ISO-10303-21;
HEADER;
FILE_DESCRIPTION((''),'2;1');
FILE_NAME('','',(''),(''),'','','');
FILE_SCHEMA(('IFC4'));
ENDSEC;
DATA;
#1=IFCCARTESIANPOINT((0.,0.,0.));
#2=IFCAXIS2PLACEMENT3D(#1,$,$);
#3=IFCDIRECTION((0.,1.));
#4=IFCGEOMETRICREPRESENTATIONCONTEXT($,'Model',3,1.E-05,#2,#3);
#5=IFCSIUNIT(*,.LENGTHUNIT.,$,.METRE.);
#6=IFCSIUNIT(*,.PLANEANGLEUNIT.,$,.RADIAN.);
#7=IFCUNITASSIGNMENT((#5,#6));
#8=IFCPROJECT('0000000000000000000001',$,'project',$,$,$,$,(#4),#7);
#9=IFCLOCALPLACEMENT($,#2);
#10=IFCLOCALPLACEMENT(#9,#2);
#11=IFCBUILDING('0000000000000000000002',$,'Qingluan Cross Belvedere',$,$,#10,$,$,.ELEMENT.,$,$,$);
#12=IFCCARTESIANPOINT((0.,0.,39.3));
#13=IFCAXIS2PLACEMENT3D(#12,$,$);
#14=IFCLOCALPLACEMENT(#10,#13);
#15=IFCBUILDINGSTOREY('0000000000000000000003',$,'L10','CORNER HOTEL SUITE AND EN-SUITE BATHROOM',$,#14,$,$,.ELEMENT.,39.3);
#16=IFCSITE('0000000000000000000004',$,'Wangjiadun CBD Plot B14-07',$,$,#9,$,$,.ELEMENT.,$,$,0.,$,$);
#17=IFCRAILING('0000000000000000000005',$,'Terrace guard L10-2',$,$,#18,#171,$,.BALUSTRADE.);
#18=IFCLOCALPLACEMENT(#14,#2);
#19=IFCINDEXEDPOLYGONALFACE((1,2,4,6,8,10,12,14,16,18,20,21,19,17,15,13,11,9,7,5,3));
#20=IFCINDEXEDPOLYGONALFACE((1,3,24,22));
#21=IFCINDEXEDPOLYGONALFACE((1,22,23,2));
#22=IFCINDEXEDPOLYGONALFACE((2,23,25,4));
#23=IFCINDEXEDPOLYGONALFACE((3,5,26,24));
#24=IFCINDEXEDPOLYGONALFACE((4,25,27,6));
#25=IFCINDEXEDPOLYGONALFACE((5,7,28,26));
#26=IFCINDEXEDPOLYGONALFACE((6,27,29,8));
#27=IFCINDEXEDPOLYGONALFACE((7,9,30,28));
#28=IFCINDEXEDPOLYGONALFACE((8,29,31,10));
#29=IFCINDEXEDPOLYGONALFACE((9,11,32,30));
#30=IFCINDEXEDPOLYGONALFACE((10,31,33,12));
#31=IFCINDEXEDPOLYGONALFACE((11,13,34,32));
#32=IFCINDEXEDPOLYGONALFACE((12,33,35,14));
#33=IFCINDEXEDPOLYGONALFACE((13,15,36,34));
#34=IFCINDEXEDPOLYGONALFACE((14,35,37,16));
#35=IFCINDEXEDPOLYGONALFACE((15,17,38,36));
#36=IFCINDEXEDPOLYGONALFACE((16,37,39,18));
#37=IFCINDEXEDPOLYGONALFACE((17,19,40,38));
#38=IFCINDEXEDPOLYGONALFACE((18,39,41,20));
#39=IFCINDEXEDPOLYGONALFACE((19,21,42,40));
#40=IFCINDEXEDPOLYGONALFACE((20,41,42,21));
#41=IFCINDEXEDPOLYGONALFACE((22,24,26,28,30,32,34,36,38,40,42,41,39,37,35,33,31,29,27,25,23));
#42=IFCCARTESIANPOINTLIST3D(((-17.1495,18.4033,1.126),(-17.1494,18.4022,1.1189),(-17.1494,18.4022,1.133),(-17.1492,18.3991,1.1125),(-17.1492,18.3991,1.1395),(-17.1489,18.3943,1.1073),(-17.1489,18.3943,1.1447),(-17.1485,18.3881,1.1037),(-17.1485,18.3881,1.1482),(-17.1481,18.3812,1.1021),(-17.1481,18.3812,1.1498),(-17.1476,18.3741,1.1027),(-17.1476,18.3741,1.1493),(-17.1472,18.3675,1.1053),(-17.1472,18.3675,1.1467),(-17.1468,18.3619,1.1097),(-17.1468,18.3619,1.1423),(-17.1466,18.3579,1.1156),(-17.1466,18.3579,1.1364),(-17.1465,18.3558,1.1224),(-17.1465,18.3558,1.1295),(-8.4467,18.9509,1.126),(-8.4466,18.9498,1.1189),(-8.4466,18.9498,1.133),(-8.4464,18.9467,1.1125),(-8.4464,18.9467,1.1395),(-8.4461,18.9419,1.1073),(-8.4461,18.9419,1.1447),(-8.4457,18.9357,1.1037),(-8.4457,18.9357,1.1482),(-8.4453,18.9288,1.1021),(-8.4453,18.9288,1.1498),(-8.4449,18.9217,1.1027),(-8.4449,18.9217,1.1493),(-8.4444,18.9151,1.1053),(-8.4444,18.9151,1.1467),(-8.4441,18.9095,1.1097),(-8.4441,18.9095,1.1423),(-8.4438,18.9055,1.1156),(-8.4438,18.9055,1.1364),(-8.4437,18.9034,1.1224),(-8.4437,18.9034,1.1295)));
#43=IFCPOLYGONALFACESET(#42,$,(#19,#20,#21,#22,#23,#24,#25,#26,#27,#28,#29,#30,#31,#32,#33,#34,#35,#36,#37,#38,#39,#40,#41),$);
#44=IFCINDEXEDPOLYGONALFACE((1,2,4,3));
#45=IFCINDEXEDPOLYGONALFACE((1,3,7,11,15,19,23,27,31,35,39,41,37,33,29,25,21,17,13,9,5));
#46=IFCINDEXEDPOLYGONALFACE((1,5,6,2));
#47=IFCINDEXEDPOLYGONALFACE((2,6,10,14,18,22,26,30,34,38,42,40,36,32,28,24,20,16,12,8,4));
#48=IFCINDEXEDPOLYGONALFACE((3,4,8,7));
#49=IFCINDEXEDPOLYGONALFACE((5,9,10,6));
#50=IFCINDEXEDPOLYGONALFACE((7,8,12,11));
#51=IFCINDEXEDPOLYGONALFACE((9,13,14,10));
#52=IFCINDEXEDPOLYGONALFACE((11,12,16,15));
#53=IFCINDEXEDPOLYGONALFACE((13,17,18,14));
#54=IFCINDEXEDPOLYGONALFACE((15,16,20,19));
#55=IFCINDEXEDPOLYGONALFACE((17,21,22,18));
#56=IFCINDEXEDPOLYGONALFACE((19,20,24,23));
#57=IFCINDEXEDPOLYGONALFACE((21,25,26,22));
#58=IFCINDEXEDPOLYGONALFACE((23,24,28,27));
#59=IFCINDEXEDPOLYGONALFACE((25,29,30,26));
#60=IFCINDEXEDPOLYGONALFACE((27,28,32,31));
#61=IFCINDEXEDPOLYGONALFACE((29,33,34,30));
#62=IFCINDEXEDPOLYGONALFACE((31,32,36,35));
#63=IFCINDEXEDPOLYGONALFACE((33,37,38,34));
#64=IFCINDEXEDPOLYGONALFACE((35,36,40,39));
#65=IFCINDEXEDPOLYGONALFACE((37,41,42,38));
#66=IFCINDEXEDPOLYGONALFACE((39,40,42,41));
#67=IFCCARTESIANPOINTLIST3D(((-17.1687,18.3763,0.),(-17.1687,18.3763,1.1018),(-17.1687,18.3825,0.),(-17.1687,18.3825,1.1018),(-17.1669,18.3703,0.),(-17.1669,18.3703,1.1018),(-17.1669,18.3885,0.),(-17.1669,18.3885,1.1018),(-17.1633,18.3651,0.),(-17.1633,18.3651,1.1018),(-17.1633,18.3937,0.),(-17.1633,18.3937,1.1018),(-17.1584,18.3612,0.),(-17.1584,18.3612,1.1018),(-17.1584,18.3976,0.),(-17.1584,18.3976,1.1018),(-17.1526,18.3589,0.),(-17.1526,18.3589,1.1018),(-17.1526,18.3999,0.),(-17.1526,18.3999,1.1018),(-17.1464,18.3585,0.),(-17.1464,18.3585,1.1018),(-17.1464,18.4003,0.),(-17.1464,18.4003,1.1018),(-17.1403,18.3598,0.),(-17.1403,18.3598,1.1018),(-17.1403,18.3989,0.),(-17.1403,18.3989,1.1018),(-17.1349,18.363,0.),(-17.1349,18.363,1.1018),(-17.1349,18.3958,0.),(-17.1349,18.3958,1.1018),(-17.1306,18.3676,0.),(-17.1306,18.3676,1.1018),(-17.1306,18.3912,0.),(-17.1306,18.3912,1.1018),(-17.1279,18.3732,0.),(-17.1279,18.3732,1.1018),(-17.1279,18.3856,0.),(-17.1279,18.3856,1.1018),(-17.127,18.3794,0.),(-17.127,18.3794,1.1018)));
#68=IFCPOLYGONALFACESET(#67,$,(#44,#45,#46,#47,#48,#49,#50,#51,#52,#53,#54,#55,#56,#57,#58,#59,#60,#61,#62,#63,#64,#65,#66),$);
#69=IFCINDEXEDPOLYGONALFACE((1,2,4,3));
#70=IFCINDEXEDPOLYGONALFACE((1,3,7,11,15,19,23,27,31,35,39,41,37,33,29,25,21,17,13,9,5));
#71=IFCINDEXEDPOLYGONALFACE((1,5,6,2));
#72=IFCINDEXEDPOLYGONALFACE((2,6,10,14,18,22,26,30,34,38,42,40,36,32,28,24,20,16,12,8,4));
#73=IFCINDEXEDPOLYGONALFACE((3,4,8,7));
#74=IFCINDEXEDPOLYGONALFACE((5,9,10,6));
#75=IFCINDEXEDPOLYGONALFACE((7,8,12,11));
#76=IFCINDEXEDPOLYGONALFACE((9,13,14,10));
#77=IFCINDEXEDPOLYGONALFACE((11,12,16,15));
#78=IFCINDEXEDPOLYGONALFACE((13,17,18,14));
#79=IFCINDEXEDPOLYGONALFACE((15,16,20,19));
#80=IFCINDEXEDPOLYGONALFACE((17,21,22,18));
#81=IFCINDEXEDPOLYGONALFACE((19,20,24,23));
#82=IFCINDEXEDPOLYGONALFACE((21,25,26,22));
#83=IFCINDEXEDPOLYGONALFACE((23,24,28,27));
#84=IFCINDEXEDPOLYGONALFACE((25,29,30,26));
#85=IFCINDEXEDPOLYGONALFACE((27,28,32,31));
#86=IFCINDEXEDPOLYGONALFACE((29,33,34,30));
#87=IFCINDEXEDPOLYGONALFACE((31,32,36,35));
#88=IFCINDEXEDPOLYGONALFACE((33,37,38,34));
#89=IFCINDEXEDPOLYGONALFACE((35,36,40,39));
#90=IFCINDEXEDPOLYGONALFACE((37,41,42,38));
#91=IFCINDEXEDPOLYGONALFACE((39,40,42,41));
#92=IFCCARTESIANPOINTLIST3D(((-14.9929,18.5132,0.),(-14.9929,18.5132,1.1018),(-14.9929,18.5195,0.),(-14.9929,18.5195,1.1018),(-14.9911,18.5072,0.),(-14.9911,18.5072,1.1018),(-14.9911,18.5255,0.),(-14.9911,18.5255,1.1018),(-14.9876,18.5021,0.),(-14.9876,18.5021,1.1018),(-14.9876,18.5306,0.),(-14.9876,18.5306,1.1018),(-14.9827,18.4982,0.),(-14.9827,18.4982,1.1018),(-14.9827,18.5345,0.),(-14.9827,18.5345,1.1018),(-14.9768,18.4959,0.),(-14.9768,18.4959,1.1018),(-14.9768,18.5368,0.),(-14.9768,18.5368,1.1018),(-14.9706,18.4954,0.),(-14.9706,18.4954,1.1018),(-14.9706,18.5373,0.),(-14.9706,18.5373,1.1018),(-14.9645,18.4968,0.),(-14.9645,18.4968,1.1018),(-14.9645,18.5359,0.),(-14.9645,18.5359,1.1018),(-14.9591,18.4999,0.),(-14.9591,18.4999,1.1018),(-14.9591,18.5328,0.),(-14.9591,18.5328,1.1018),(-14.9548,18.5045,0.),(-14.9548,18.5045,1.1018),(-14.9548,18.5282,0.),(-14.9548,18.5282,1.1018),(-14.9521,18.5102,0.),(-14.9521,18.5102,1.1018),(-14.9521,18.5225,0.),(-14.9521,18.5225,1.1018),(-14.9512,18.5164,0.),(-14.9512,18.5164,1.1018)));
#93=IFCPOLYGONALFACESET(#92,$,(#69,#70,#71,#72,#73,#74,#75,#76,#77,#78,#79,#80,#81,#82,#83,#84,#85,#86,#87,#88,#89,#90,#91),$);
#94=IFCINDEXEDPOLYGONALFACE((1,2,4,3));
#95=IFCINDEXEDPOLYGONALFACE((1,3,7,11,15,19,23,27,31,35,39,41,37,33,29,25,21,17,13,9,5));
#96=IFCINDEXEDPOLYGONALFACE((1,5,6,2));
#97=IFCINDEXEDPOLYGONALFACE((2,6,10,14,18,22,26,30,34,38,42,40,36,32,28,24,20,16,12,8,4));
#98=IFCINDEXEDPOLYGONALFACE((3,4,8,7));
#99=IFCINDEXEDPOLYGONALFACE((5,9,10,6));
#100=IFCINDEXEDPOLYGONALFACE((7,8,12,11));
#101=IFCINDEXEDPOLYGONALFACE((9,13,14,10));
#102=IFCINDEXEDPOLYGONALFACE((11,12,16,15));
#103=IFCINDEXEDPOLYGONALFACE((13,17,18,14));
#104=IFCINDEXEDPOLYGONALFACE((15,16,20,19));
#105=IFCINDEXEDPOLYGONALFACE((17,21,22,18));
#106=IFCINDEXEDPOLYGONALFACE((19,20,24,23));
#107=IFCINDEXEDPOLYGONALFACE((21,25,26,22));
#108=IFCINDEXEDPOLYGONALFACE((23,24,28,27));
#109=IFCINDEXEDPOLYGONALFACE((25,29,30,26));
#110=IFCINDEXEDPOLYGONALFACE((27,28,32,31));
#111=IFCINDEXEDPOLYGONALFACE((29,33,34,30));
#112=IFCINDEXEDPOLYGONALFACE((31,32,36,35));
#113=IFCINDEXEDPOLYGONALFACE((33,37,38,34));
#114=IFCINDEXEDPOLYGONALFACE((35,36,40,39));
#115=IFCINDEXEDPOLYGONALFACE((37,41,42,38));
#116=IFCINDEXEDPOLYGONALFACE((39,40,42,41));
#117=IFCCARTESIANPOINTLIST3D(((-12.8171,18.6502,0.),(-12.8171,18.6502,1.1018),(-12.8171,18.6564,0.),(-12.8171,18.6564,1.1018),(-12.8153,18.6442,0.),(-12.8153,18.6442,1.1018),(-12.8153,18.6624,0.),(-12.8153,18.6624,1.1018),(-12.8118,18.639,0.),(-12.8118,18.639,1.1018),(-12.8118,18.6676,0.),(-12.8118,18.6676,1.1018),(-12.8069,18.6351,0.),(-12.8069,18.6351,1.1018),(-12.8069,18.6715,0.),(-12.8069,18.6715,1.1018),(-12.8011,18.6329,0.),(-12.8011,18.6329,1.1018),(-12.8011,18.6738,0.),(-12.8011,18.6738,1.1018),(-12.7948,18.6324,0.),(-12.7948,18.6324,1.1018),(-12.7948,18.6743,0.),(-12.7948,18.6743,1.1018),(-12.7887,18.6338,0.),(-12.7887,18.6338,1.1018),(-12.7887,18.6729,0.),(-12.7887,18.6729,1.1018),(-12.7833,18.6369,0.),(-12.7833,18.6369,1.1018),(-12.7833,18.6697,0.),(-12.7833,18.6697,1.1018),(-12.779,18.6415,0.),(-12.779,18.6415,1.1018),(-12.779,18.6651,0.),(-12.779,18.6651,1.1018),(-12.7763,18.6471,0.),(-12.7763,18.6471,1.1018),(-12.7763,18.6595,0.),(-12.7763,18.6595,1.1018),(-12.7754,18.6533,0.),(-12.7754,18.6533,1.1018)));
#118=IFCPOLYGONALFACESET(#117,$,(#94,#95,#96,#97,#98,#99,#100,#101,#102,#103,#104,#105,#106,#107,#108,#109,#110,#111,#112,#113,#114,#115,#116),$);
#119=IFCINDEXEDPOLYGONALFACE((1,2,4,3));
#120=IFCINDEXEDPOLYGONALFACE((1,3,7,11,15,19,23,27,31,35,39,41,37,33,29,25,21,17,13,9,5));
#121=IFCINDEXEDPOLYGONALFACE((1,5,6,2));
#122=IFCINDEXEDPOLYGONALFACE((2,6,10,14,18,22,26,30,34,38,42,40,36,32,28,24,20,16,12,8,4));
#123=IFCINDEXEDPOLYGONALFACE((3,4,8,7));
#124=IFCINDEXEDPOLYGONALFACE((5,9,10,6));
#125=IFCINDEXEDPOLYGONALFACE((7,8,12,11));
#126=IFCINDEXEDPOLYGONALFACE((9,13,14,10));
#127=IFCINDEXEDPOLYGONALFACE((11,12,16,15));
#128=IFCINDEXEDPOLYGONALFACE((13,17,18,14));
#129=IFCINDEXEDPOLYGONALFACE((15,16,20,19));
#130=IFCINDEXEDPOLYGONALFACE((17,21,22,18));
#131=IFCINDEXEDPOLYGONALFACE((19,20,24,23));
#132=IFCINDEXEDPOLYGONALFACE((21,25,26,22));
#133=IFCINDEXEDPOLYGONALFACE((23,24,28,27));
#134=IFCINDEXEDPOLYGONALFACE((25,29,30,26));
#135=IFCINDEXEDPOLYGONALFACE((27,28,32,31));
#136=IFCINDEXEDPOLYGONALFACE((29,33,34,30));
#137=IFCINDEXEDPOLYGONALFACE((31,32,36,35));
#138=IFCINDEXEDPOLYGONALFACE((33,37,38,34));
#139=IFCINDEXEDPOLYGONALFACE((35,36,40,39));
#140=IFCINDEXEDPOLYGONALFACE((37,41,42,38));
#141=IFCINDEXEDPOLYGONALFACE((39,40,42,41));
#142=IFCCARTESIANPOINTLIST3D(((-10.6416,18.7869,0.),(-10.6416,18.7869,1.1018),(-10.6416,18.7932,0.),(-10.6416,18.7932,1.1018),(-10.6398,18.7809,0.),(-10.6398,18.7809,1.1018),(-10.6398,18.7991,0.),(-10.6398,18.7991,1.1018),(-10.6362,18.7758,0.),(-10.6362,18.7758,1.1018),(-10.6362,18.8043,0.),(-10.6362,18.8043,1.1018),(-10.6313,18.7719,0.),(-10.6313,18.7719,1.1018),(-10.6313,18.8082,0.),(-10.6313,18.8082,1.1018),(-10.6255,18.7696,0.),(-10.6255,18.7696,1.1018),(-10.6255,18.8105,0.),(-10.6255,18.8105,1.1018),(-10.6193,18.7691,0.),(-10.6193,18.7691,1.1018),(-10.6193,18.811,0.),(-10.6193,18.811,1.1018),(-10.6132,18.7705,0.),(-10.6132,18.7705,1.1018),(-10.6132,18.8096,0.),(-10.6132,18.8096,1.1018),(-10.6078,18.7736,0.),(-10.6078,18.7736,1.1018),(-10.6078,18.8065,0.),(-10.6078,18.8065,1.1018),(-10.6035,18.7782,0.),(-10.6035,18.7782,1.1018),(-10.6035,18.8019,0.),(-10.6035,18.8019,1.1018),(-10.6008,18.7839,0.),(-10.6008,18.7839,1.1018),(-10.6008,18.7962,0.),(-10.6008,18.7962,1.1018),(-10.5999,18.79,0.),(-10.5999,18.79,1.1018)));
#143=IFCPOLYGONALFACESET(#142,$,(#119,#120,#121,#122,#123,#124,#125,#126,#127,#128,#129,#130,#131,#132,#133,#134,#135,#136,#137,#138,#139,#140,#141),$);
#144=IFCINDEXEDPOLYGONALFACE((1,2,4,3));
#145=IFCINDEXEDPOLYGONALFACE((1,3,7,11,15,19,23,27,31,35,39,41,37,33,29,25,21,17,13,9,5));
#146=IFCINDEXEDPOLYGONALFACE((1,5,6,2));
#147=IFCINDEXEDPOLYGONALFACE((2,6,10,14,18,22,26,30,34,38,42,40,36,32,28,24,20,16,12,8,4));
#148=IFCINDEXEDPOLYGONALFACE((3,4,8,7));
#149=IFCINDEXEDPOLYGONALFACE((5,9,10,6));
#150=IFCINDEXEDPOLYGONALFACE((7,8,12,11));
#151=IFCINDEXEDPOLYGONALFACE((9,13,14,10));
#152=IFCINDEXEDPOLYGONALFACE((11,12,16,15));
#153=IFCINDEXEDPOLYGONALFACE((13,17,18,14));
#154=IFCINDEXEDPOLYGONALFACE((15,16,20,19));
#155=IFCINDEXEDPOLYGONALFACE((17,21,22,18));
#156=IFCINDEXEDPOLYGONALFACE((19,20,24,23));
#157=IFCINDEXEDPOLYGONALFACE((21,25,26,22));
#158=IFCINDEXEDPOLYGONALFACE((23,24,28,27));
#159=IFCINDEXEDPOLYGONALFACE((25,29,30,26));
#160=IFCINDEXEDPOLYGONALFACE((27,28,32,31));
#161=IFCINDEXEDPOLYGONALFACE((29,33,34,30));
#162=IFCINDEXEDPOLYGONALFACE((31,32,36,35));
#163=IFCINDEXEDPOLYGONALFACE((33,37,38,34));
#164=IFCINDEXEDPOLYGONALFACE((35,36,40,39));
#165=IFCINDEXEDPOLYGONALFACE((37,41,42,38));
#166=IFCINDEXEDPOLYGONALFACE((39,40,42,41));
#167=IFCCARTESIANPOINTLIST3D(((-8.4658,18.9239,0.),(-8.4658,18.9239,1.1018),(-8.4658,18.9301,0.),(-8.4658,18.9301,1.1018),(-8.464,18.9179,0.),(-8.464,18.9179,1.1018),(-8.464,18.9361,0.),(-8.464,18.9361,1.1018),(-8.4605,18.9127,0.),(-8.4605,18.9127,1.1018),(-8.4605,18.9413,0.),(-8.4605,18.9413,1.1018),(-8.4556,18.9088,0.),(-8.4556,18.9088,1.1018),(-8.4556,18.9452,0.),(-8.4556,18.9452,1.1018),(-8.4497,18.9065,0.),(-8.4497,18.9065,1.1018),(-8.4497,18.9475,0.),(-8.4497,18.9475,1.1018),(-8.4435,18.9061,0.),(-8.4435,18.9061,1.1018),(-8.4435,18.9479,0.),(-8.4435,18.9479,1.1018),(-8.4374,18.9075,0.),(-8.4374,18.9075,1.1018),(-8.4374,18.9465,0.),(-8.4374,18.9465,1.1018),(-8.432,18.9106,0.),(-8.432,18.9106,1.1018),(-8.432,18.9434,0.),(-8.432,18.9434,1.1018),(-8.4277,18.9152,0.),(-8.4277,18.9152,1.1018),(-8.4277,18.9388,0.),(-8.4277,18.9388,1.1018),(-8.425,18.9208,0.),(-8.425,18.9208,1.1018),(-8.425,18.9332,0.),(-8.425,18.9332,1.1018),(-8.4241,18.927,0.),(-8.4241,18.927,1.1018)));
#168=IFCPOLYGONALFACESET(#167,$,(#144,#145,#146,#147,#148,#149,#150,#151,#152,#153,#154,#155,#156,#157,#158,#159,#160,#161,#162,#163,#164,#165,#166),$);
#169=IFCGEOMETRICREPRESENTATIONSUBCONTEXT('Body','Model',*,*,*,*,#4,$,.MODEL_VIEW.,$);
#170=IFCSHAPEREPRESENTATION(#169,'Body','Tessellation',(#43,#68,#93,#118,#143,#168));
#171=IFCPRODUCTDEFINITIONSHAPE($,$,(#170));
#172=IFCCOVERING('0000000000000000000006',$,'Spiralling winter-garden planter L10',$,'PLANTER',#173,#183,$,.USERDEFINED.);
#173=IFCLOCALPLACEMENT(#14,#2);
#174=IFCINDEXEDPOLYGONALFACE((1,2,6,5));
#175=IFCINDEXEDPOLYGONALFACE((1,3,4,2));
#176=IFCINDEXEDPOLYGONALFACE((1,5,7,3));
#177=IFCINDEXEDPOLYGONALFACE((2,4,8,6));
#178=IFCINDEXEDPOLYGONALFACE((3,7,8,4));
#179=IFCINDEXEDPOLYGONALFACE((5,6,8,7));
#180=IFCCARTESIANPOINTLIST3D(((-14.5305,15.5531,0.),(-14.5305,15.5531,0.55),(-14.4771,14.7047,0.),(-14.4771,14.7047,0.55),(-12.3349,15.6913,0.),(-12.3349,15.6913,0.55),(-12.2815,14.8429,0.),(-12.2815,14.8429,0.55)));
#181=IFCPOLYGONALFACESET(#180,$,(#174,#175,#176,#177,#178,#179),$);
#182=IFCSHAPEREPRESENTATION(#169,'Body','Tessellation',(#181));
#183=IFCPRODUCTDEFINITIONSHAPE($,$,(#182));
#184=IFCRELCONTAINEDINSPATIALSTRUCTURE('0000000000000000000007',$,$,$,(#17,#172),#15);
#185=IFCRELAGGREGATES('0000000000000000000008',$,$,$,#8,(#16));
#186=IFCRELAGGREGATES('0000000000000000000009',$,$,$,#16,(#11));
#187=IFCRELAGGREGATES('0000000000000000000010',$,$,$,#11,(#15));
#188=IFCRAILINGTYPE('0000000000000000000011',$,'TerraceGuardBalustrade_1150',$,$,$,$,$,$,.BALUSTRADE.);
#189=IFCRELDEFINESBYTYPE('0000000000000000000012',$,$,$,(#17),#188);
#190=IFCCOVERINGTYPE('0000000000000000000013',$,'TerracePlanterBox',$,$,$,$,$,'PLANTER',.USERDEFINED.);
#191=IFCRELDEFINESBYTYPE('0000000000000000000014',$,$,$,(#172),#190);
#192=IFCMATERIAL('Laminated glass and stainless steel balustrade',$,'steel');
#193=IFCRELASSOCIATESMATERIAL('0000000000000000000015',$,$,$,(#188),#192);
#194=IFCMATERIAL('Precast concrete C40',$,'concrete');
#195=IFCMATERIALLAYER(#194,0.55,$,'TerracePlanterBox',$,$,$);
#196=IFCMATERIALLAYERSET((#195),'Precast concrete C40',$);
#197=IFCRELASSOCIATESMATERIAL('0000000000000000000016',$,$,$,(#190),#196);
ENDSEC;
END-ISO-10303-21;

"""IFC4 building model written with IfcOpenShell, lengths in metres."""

from ifc_helpers import new_model, si_unit, direction, frame, origin, origin_2d, place, context, subcontext, project, spatial, rectangle, circle, extrude, material, layer, layer_set, type_object, element, save


model = new_model("IFC4")

# Units and contexts
model_context = context("Model", 3, precision=1e-05, world=origin(), true_north=direction((0.0, 1.0)))
body_context = subcontext(model_context, "Body", "Model", "MODEL_VIEW")
ifc_project = project(units=[si_unit("LENGTHUNIT", "METRE"), si_unit("PLANEANGLEUNIT", "RADIAN")], contexts=[model_context])

# Site, building, storey
site_placement = place(None, origin())
site = spatial("IfcSite", under=ifc_project, at=site_placement, Name="Wangjiadun CBD Plot B14-07", CompositionType="ELEMENT", RefElevation=0.0)
building_placement = place(site_placement, origin())
building = spatial("IfcBuilding", under=site, at=building_placement, Name="Qingluan Cross Belvedere", CompositionType="ELEMENT")
storey_placement = place(building_placement, frame((0.0, 0.0, 39.3)))
storey = spatial("IfcBuildingStorey", under=building, at=storey_placement, Name="L10", Description="CORNER HOTEL SUITE AND EN-SUITE BATHROOM", CompositionType="ELEMENT", Elevation=39.3)

# Railing
ifc_material_1 = material(Name="Laminated glass and stainless steel balustrade", Category="steel")
railing_type = type_object("IfcRailingType", Name="TerraceGuardBalustrade_1150", PredefinedType="BALUSTRADE", material=ifc_material_1)
railing_placement = place(storey_placement, frame((-17.1479, 18.3794, 0.0)))
element("IfcRailing", 1, at=railing_placement, inside=storey, type_object=railing_type, Name="Terrace guard L10-2", PredefinedType="BALUSTRADE", context=body_context, shape_type="SweptSolid", body=[
    extrude(circle(Radius=0.0239, at=origin_2d()), frame((0.0, 0.0, 1.126), z_axis=(0.998026, 0.062798, 0.0), x_axis=(-0.062798, 0.998026, 0.0)), (0.0, 0.0, 1.0), 8.72),
    extrude(circle(Radius=0.021, at=origin_2d()), origin(), (0.0, 0.0, 1.0), 1.1018),
    extrude(circle(Radius=0.021, at=origin_2d()), frame((2.1758, 0.137, 0.0)), (0.0, 0.0, 1.0), 1.1018),
    extrude(circle(Radius=0.021, at=origin_2d()), frame((4.3516, 0.2739, 0.0)), (0.0, 0.0, 1.0), 1.1018),
    extrude(circle(Radius=0.021, at=origin_2d()), frame((6.5271, 0.4106, 0.0)), (0.0, 0.0, 1.0), 1.1018),
    extrude(circle(Radius=0.021, at=origin_2d()), frame((8.7029, 0.5476, 0.0)), (0.0, 0.0, 1.0), 1.1018),
])

# Covering
ifc_material_2 = material(Name="Precast concrete C40", Category="concrete")
ifc_layer_1 = layer(ifc_material_2, 0.55, Name="TerracePlanterBox")
ifc_layer_set_1 = layer_set([ifc_layer_1], Name="Precast concrete C40")
covering_type_1 = type_object("IfcCoveringType", Name="TerracePlanterBox", ElementType="PLANTER", PredefinedType="USERDEFINED", material=ifc_layer_set_1)
covering_1_placement = place(storey_placement, frame((-13.406, 15.198, 0.0), z_axis=(0.0, 0.0, 1.0), x_axis=(0.998027, 0.062791, 0.0)))
element("IfcCovering", 2, at=covering_1_placement, inside=storey, type_object=covering_type_1, Name="Spiralling winter-garden planter L10", ObjectType="PLANTER", PredefinedType="USERDEFINED", context=body_context, shape_type="SweptSolid", body=[
    extrude(rectangle(XDim=2.2, YDim=0.8501, at=origin_2d()), origin(), (0.0, 0.0, 1.0), 0.55),
])

save(model, "model.ifc")
